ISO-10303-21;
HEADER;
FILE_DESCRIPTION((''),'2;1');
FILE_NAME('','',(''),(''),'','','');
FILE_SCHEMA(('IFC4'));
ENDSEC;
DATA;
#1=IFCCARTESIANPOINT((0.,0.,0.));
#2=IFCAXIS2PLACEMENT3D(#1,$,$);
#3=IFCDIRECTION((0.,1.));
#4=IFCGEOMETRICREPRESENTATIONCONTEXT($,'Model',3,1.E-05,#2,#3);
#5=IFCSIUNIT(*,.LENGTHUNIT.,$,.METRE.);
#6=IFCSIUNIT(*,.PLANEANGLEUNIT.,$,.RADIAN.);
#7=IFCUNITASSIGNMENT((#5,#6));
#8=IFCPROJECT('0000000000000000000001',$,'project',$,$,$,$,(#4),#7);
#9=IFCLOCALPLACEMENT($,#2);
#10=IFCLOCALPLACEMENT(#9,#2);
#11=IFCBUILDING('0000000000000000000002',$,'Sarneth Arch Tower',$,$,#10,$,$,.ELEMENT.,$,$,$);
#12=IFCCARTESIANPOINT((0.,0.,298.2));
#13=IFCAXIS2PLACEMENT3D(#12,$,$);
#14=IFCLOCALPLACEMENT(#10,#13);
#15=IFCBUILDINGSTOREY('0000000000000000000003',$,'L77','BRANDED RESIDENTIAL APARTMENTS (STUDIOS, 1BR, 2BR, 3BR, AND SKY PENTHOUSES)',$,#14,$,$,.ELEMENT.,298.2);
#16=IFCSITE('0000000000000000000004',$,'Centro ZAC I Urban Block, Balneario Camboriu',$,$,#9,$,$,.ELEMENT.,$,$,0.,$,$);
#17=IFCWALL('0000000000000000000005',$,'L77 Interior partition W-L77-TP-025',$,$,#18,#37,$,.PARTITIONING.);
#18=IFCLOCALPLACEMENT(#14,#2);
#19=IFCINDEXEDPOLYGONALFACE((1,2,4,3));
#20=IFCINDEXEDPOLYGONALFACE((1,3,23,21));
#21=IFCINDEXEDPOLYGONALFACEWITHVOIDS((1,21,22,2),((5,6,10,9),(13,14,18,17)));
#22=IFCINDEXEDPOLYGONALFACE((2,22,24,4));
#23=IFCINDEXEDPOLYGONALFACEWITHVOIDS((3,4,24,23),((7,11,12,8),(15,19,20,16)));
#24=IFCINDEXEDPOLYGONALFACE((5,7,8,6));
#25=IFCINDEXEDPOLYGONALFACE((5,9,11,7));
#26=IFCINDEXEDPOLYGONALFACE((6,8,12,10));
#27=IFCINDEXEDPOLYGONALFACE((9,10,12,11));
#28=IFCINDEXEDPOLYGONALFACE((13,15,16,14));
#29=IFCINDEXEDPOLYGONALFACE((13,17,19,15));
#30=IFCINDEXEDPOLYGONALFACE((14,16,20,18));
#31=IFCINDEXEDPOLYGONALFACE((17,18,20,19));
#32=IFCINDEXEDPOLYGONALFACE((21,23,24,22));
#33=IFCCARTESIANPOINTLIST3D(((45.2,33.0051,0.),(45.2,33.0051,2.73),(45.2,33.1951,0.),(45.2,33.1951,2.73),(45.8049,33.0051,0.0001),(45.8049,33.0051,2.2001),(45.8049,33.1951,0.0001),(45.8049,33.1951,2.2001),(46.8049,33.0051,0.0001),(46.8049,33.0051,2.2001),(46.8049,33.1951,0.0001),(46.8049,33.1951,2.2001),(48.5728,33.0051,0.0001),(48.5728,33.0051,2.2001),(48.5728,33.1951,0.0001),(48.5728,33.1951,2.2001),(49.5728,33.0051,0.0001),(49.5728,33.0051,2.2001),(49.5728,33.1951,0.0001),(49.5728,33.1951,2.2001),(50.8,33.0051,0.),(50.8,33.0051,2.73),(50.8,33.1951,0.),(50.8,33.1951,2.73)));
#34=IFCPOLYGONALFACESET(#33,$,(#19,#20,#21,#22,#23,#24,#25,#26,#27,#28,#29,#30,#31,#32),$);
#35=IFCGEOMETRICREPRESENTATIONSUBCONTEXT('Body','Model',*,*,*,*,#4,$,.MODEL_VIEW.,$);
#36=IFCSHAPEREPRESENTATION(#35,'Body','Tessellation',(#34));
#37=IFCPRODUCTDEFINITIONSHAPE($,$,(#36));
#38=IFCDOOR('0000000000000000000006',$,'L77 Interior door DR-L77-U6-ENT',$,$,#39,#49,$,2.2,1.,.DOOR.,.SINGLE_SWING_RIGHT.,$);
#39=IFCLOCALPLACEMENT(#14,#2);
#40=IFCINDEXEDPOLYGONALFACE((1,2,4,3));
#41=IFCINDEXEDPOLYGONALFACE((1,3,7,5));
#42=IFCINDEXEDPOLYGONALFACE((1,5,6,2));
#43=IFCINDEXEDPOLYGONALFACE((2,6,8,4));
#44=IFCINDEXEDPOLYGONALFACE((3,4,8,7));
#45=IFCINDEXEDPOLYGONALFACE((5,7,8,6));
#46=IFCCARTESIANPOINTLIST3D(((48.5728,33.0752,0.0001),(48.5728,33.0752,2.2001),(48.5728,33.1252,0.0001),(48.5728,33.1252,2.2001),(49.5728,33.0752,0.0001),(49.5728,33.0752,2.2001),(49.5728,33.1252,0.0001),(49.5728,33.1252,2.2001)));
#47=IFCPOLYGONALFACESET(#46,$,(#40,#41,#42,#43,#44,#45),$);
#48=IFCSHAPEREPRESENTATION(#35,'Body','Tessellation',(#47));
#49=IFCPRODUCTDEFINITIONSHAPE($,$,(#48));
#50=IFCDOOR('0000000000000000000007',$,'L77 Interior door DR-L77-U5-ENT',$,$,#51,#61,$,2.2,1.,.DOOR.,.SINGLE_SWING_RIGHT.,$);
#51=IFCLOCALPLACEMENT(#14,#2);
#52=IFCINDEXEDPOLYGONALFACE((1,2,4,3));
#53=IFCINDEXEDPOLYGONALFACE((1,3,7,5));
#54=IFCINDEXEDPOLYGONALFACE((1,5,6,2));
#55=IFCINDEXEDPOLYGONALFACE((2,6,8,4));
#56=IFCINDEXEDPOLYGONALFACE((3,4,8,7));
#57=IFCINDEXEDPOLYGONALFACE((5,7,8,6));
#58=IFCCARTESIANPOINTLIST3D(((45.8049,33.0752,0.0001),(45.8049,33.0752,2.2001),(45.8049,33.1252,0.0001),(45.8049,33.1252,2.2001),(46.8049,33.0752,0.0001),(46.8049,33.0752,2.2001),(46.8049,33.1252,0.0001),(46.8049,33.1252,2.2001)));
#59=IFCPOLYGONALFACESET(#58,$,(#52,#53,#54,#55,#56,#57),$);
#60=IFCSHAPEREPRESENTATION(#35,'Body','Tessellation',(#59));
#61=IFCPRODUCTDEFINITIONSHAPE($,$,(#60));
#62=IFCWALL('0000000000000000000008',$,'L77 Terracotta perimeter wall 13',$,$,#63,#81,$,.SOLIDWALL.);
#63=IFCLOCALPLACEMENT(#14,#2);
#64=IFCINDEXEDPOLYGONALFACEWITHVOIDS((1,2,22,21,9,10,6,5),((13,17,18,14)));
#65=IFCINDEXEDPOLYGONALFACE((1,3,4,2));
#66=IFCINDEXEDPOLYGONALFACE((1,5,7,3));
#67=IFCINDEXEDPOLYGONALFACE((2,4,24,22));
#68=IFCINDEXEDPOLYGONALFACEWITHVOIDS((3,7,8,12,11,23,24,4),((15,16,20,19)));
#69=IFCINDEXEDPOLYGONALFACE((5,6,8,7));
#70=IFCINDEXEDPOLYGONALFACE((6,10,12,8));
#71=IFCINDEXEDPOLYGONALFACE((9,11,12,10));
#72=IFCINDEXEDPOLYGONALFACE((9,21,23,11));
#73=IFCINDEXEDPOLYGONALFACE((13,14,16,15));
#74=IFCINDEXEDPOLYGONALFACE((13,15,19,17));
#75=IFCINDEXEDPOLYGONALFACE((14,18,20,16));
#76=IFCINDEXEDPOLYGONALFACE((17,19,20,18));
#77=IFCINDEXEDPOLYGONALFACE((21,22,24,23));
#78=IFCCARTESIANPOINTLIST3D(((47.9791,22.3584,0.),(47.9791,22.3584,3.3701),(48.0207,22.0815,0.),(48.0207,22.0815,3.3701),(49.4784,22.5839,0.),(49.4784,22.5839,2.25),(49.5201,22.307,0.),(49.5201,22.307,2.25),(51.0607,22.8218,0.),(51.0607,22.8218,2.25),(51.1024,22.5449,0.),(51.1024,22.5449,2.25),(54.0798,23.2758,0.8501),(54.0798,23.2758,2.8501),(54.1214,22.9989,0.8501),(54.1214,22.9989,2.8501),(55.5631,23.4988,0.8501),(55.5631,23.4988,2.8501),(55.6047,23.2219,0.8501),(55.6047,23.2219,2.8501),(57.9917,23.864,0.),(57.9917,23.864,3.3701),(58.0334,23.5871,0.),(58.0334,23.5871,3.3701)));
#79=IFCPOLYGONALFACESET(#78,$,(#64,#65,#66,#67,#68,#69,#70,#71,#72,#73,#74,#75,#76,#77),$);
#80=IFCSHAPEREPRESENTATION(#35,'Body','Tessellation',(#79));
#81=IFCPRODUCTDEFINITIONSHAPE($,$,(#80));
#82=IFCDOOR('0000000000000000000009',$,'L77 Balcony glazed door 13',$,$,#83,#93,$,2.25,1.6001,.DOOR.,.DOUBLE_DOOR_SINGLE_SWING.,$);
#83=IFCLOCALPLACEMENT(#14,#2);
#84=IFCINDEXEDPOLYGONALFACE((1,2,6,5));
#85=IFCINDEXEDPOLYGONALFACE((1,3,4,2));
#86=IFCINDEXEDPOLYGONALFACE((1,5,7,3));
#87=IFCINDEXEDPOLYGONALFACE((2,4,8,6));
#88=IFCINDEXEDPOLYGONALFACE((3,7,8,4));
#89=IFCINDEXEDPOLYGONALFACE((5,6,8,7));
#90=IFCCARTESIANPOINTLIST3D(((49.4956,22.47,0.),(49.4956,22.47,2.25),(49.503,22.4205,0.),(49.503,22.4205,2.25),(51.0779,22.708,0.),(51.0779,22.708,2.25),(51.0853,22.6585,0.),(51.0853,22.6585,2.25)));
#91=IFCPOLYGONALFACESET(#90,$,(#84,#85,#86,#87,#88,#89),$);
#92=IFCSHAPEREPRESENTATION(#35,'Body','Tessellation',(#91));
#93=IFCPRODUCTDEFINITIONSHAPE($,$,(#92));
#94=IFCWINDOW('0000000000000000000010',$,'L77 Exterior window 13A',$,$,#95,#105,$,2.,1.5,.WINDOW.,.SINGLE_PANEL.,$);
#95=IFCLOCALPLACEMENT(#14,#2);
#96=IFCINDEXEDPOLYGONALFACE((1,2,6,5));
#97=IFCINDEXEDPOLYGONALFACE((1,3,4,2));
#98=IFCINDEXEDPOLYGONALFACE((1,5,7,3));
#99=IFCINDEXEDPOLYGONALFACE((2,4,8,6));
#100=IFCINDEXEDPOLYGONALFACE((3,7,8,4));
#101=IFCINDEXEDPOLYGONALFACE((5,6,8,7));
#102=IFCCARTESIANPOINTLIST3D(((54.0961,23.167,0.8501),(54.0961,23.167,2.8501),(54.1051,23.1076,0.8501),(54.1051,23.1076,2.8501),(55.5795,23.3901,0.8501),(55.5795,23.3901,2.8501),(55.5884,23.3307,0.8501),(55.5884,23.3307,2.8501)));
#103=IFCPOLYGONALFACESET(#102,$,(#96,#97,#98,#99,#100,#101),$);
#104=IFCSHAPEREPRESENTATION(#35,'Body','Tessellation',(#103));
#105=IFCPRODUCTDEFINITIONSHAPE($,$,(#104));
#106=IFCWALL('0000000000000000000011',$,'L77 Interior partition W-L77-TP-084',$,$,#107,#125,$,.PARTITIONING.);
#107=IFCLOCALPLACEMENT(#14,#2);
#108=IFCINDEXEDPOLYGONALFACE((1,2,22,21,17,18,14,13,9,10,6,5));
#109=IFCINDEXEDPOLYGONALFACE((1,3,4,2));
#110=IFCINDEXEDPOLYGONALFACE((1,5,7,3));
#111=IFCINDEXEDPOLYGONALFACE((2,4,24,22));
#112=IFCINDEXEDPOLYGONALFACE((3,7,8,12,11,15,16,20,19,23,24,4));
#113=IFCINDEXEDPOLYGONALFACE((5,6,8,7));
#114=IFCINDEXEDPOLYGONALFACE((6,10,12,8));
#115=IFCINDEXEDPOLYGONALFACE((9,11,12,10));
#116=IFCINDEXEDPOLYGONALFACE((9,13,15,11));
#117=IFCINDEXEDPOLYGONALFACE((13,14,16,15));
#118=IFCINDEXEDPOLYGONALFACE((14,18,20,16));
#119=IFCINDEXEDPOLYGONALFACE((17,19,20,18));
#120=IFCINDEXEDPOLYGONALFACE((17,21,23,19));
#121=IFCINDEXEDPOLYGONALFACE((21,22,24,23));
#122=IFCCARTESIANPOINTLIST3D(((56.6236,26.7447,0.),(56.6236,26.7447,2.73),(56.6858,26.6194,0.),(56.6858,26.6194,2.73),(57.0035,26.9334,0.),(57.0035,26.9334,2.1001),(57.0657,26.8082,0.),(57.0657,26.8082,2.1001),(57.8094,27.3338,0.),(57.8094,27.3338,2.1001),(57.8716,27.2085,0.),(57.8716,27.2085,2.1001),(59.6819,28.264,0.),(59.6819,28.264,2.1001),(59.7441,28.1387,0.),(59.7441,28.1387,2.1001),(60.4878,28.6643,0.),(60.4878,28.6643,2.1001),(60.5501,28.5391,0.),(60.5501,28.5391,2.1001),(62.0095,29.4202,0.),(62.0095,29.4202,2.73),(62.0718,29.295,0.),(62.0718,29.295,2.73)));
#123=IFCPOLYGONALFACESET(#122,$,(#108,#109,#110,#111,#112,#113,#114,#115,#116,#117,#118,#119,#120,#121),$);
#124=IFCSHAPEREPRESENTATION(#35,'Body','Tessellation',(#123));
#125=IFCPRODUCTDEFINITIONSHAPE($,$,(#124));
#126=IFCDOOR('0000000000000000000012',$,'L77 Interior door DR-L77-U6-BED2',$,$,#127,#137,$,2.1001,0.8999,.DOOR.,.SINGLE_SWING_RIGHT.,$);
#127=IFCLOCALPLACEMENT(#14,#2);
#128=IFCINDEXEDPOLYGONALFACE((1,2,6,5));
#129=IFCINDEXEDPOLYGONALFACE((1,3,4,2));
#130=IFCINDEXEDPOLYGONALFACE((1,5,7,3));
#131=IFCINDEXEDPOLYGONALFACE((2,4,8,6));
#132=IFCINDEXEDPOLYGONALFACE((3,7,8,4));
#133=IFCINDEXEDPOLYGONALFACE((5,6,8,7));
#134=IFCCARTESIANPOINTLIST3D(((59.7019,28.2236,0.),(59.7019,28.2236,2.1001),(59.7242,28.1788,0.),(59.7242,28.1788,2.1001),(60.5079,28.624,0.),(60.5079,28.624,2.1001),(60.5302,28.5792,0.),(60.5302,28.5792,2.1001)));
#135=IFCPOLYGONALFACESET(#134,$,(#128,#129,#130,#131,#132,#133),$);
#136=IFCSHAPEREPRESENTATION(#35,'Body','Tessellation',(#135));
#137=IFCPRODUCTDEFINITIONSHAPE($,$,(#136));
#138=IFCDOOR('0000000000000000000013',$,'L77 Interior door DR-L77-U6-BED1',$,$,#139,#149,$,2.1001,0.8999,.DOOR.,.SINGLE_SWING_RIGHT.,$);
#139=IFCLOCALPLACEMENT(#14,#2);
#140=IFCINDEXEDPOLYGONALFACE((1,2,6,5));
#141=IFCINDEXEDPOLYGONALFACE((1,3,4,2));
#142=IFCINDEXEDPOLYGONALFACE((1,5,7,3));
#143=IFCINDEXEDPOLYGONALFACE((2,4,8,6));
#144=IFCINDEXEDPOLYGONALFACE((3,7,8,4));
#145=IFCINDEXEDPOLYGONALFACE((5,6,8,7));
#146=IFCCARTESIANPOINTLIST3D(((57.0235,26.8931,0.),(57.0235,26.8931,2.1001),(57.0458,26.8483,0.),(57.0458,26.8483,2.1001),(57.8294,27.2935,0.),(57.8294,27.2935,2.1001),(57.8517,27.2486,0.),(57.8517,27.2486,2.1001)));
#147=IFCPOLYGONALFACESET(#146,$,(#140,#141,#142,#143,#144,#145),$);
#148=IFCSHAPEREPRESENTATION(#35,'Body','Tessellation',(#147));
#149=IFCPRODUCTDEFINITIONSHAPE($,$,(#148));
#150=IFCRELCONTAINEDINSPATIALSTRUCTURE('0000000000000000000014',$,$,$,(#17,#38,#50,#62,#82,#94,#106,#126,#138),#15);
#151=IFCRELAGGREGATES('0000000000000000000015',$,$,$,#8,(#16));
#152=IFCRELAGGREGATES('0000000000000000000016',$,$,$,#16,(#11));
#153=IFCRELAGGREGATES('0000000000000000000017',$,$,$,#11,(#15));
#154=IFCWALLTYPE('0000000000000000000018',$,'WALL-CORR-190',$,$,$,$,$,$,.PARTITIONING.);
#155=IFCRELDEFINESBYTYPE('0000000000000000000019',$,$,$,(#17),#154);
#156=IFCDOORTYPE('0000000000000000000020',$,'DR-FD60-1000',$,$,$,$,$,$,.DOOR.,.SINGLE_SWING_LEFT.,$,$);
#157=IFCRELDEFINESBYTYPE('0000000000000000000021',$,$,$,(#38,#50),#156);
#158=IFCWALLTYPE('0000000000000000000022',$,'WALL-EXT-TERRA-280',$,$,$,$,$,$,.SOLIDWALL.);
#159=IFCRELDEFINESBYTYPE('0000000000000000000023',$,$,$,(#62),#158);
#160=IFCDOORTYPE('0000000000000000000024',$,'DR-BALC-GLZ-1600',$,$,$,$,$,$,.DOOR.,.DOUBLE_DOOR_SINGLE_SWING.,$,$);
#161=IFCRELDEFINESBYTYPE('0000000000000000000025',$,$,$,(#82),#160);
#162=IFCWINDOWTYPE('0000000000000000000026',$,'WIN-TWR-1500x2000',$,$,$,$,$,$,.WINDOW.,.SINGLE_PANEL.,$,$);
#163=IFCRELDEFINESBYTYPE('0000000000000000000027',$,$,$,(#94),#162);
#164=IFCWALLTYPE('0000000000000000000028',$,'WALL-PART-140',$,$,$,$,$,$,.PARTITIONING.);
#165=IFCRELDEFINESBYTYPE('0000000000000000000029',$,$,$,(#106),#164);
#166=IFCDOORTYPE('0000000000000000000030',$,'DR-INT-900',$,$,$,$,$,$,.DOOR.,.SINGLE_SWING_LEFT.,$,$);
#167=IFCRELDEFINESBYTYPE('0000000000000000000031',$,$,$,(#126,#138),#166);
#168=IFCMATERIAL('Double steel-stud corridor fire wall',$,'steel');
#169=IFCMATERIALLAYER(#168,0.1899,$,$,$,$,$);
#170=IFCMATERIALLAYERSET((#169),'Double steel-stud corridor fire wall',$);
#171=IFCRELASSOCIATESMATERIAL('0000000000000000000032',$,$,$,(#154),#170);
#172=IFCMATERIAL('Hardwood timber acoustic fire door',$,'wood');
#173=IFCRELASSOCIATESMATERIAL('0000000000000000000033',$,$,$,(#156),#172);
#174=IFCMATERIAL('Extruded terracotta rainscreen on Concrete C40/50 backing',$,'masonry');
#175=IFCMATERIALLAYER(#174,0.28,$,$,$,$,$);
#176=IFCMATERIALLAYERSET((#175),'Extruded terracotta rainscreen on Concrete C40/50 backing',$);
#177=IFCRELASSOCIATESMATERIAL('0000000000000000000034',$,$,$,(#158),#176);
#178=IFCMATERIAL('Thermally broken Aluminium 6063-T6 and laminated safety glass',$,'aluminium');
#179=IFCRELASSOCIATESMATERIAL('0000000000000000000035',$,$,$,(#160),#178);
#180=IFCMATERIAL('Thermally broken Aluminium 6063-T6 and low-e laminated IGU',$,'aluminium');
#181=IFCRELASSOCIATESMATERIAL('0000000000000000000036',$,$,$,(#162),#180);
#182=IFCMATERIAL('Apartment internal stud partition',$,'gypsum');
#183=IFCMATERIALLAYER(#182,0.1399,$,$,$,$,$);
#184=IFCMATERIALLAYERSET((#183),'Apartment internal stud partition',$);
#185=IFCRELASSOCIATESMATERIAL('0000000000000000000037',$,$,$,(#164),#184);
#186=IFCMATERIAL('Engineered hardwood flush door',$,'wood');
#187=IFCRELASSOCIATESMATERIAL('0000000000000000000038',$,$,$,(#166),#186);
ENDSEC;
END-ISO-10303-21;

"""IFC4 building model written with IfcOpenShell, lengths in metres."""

from ifc_helpers import new_model, si_unit, direction, frame, frame_2d, origin, place, context, subcontext, project, spatial, rectangle, extrude, material, layer, layer_set, type_object, element, fill, save


model = new_model("IFC4")

# Units and contexts
model_context = context("Model", 3, precision=1e-05, world=origin(), true_north=direction((0.0, 1.0)))
body_context = subcontext(model_context, "Body", "Model", "MODEL_VIEW")
ifc_project = project(units=[si_unit("LENGTHUNIT", "METRE"), si_unit("PLANEANGLEUNIT", "RADIAN")], contexts=[model_context])

# Site, building, storey
site_placement = place(None, origin())
site = spatial("IfcSite", under=ifc_project, at=site_placement, Name="Centro ZAC I Urban Block, Balneario Camboriu", CompositionType="ELEMENT", RefElevation=0.0)
building_placement = place(site_placement, origin())
building = spatial("IfcBuilding", under=site, at=building_placement, Name="Sarneth Arch Tower", CompositionType="ELEMENT")
storey_placement = place(building_placement, frame((0.0, 0.0, 298.2)))
storey = spatial("IfcBuildingStorey", under=building, at=storey_placement, Name="L77", Description="BRANDED RESIDENTIAL APARTMENTS (STUDIOS, 1BR, 2BR, 3BR, AND SKY PENTHOUSES)", CompositionType="ELEMENT", Elevation=298.2)

# Wall, openings, doors
ifc_material_1 = material(Name="Double steel-stud corridor fire wall", Category="steel")
ifc_layer_1 = layer(ifc_material_1, 0.1899)
ifc_layer_set_1 = layer_set([ifc_layer_1], Name="Double steel-stud corridor fire wall")
wall_type_1 = type_object("IfcWallType", Name="WALL-CORR-190", PredefinedType="PARTITIONING", material=ifc_layer_set_1)
wall_1_placement = place(storey_placement, frame((50.8, 33.1001, 0.0), z_axis=(0.0, 0.0, 1.0), x_axis=(-1.0, 0.0, 0.0)))
wall_1 = element("IfcWall", 1, at=wall_1_placement, inside=storey, type_object=wall_type_1, Name="L77 Interior partition W-L77-TP-025", PredefinedType="PARTITIONING", context=body_context, shape_type="SweptSolid", body=[
    extrude(rectangle(XDim=5.6001, YDim=0.1899, at=frame_2d((2.8, 0.0))), origin(), (0.0, 0.0, 1.0), 2.73),
])
opening_1_placement = place(wall_1_placement, frame((1.2273, 0.0, 0.0)))
opening_1 = element("IfcOpeningElement", 2, at=opening_1_placement, cuts=wall_1, PredefinedType="OPENING", context=body_context, shape_type="SweptSolid", body=[
    extrude(rectangle(XDim=1.0, YDim=2.2, at=frame_2d((0.5, 1.1001))), frame((0.0, 0.105, 0.0), z_axis=(0.0, -1.0, 0.0), x_axis=(1.0, 0.0, 0.0)), (0.0, 0.0, 1.0), 0.21),
])
opening_2_placement = place(wall_1_placement, frame((3.9951, 0.0, 0.0)))
opening_2 = element("IfcOpeningElement", 3, at=opening_2_placement, cuts=wall_1, PredefinedType="OPENING", context=body_context, shape_type="SweptSolid", body=[
    extrude(rectangle(XDim=1.0, YDim=2.2, at=frame_2d((0.5, 1.1001))), frame((0.0, 0.105, 0.0), z_axis=(0.0, -1.0, 0.0), x_axis=(1.0, 0.0, 0.0)), (0.0, 0.0, 1.0), 0.21),
])
ifc_material_2 = material(Name="Hardwood timber acoustic fire door", Category="wood")
door_type_1 = type_object("IfcDoorType", Name="DR-FD60-1000", OperationType="SINGLE_SWING_LEFT", PredefinedType="DOOR", material=ifc_material_2)
door_1_placement = place(opening_1_placement, origin())
door_1 = element("IfcDoor", 4, at=door_1_placement, inside=storey, type_object=door_type_1, Name="L77 Interior door DR-L77-U6-ENT", OperationType="SINGLE_SWING_RIGHT", OverallHeight=2.2, OverallWidth=1.0, PredefinedType="DOOR", context=body_context, shape_type="SweptSolid", body=[
    extrude(rectangle(XDim=1.0, YDim=2.2, at=frame_2d((0.5, 1.1001))), frame((0.0, 0.0249, 0.0), z_axis=(0.0, -1.0, 0.0), x_axis=(1.0, 0.0, 0.0)), (0.0, 0.0, 1.0), 0.05),
])
fill(opening_1, door_1)
door_2_placement = place(opening_2_placement, origin())
door_2 = element("IfcDoor", 5, at=door_2_placement, inside=storey, type_object=door_type_1, Name="L77 Interior door DR-L77-U5-ENT", OperationType="SINGLE_SWING_RIGHT", OverallHeight=2.2, OverallWidth=1.0, PredefinedType="DOOR", context=body_context, shape_type="SweptSolid", body=[
    extrude(rectangle(XDim=1.0, YDim=2.2, at=frame_2d((0.5, 1.1001))), frame((0.0, 0.0249, 0.0), z_axis=(0.0, -1.0, 0.0), x_axis=(1.0, 0.0, 0.0)), (0.0, 0.0, 1.0), 0.05),
])
fill(opening_2, door_2)

# Wall, openings, door, window
ifc_material_3 = material(Name="Extruded terracotta rainscreen on Concrete C40/50 backing", Category="masonry")
ifc_layer_2 = layer(ifc_material_3, 0.28)
ifc_layer_set_2 = layer_set([ifc_layer_2], Name="Extruded terracotta rainscreen on Concrete C40/50 backing")
wall_type_2 = type_object("IfcWallType", Name="WALL-EXT-TERRA-280", PredefinedType="SOLIDWALL", material=ifc_layer_set_2)
wall_2_placement = place(storey_placement, frame((48.0, 22.22, 0.0), z_axis=(0.0, 0.0, 1.0), x_axis=(0.988883, 0.148699, 0.0)))
wall_2 = element("IfcWall", 6, at=wall_2_placement, inside=storey, type_object=wall_type_2, Name="L77 Terracotta perimeter wall 13", PredefinedType="SOLIDWALL", context=body_context, shape_type="SweptSolid", body=[
    extrude(rectangle(XDim=10.1252, YDim=0.28, at=frame_2d((5.0625, 0.0))), origin(), (0.0, 0.0, 1.0), 3.3701),
])
opening_3_placement = place(wall_2_placement, frame((1.5161, 0.0, 0.0)))
opening_3 = element("IfcOpeningElement", 7, at=opening_3_placement, cuts=wall_2, PredefinedType="OPENING", context=body_context, shape_type="SweptSolid", body=[
    extrude(rectangle(XDim=1.6001, YDim=2.25, at=frame_2d((0.8, 1.125))), frame((0.0, 0.1499, 0.0), z_axis=(0.0, -1.0, 0.0), x_axis=(1.0, 0.0, 0.0)), (0.0, 0.0, 1.0), 0.3),
])
opening_4_placement = place(wall_2_placement, frame((6.1692, 0.0, 0.8501)))
opening_4 = element("IfcOpeningElement", 8, at=opening_4_placement, cuts=wall_2, PredefinedType="OPENING", context=body_context, shape_type="SweptSolid", body=[
    extrude(rectangle(XDim=1.5, YDim=2.0, at=frame_2d((0.75, 1.0))), frame((0.0, 0.1499, 0.0), z_axis=(0.0, -1.0, 0.0), x_axis=(1.0, 0.0, 0.0)), (0.0, 0.0, 1.0), 0.3),
])
ifc_material_4 = material(Name="Thermally broken Aluminium 6063-T6 and laminated safety glass", Category="aluminium")
door_type_2 = type_object("IfcDoorType", Name="DR-BALC-GLZ-1600", OperationType="DOUBLE_DOOR_SINGLE_SWING", PredefinedType="DOOR", material=ifc_material_4)
door_3_placement = place(opening_3_placement, origin())
door_3 = element("IfcDoor", 9, at=door_3_placement, inside=storey, type_object=door_type_2, Name="L77 Balcony glazed door 13", OperationType="DOUBLE_DOOR_SINGLE_SWING", OverallHeight=2.25, OverallWidth=1.6001, PredefinedType="DOOR", context=body_context, shape_type="SweptSolid", body=[
    extrude(rectangle(XDim=1.6001, YDim=2.25, at=frame_2d((0.8, 1.125))), frame((0.0, 0.0249, 0.0), z_axis=(0.0, -1.0, 0.0), x_axis=(1.0, 0.0, 0.0)), (0.0, 0.0, 1.0), 0.05),
])
fill(opening_3, door_3)
ifc_material_5 = material(Name="Thermally broken Aluminium 6063-T6 and low-e laminated IGU", Category="aluminium")
window_type = type_object("IfcWindowType", Name="WIN-TWR-1500x2000", PartitioningType="SINGLE_PANEL", PredefinedType="WINDOW", material=ifc_material_5)
window_placement = place(opening_4_placement, origin())
window = element("IfcWindow", 10, at=window_placement, inside=storey, type_object=window_type, Name="L77 Exterior window 13A", OverallHeight=2.0, OverallWidth=1.5, PartitioningType="SINGLE_PANEL", PredefinedType="WINDOW", context=body_context, shape_type="SweptSolid", body=[
    extrude(rectangle(XDim=1.5, YDim=2.0, at=frame_2d((0.75, 1.0))), frame((0.0, 0.03, 0.0), z_axis=(0.0, -1.0, 0.0), x_axis=(1.0, 0.0, 0.0)), (0.0, 0.0, 1.0), 0.0601),
])
fill(opening_4, window)

# Wall, openings, doors
ifc_material_6 = material(Name="Apartment internal stud partition", Category="gypsum")
ifc_layer_3 = layer(ifc_material_6, 0.1399)
ifc_layer_set_3 = layer_set([ifc_layer_3], Name="Apartment internal stud partition")
wall_type_3 = type_object("IfcWallType", Name="WALL-PART-140", PredefinedType="PARTITIONING", material=ifc_layer_set_3)
wall_3_placement = place(storey_placement, frame((56.6548, 26.6821, 0.0), z_axis=(0.0, 0.0, 1.0), x_axis=(0.895585, 0.44489, 0.0)))
wall_3 = element("IfcWall", 11, at=wall_3_placement, inside=storey, type_object=wall_type_3, Name="L77 Interior partition W-L77-TP-084", PredefinedType="PARTITIONING", context=body_context, shape_type="SweptSolid", body=[
    extrude(rectangle(XDim=6.0139, YDim=0.1399, at=frame_2d((3.0068, 0.0))), origin(), (0.0, 0.0, 1.0), 2.73),
])
opening_5_placement = place(wall_3_placement, frame((3.4148, 0.0, 0.0)))
opening_5 = element("IfcOpeningElement", 12, at=opening_5_placement, cuts=wall_3, PredefinedType="OPENING", context=body_context, shape_type="SweptSolid", body=[
    extrude(rectangle(XDim=0.8999, YDim=2.1001, at=frame_2d((0.45, 1.05))), frame((0.0, 0.0798, 0.0), z_axis=(0.0, -1.0, 0.0), x_axis=(1.0, 0.0, 0.0)), (0.0, 0.0, 1.0), 0.1599),
])
opening_6_placement = place(wall_3_placement, frame((0.4241, 0.0, 0.0)))
opening_6 = element("IfcOpeningElement", 13, at=opening_6_placement, cuts=wall_3, PredefinedType="OPENING", context=body_context, shape_type="SweptSolid", body=[
    extrude(rectangle(XDim=0.8999, YDim=2.1001, at=frame_2d((0.45, 1.05))), frame((0.0, 0.0798, 0.0), z_axis=(0.0, -1.0, 0.0), x_axis=(1.0, 0.0, 0.0)), (0.0, 0.0, 1.0), 0.1599),
])
ifc_material_7 = material(Name="Engineered hardwood flush door", Category="wood")
door_type_3 = type_object("IfcDoorType", Name="DR-INT-900", OperationType="SINGLE_SWING_LEFT", PredefinedType="DOOR", material=ifc_material_7)
door_4_placement = place(opening_5_placement, origin())
door_4 = element("IfcDoor", 14, at=door_4_placement, inside=storey, type_object=door_type_3, Name="L77 Interior door DR-L77-U6-BED2", OperationType="SINGLE_SWING_RIGHT", OverallHeight=2.1001, OverallWidth=0.8999, PredefinedType="DOOR", context=body_context, shape_type="SweptSolid", body=[
    extrude(rectangle(XDim=0.8999, YDim=2.1001, at=frame_2d((0.45, 1.05))), frame((0.0, 0.0249, 0.0), z_axis=(0.0, -1.0, 0.0), x_axis=(1.0, 0.0, 0.0)), (0.0, 0.0, 1.0), 0.05),
])
fill(opening_5, door_4)
door_5_placement = place(opening_6_placement, origin())
door_5 = element("IfcDoor", 15, at=door_5_placement, inside=storey, type_object=door_type_3, Name="L77 Interior door DR-L77-U6-BED1", OperationType="SINGLE_SWING_RIGHT", OverallHeight=2.1001, OverallWidth=0.8999, PredefinedType="DOOR", context=body_context, shape_type="SweptSolid", body=[
    extrude(rectangle(XDim=0.8999, YDim=2.1001, at=frame_2d((0.45, 1.05))), frame((0.0, 0.0249, 0.0), z_axis=(0.0, -1.0, 0.0), x_axis=(1.0, 0.0, 0.0)), (0.0, 0.0, 1.0), 0.05),
])
fill(opening_6, door_5)

save(model, "model.ifc")
